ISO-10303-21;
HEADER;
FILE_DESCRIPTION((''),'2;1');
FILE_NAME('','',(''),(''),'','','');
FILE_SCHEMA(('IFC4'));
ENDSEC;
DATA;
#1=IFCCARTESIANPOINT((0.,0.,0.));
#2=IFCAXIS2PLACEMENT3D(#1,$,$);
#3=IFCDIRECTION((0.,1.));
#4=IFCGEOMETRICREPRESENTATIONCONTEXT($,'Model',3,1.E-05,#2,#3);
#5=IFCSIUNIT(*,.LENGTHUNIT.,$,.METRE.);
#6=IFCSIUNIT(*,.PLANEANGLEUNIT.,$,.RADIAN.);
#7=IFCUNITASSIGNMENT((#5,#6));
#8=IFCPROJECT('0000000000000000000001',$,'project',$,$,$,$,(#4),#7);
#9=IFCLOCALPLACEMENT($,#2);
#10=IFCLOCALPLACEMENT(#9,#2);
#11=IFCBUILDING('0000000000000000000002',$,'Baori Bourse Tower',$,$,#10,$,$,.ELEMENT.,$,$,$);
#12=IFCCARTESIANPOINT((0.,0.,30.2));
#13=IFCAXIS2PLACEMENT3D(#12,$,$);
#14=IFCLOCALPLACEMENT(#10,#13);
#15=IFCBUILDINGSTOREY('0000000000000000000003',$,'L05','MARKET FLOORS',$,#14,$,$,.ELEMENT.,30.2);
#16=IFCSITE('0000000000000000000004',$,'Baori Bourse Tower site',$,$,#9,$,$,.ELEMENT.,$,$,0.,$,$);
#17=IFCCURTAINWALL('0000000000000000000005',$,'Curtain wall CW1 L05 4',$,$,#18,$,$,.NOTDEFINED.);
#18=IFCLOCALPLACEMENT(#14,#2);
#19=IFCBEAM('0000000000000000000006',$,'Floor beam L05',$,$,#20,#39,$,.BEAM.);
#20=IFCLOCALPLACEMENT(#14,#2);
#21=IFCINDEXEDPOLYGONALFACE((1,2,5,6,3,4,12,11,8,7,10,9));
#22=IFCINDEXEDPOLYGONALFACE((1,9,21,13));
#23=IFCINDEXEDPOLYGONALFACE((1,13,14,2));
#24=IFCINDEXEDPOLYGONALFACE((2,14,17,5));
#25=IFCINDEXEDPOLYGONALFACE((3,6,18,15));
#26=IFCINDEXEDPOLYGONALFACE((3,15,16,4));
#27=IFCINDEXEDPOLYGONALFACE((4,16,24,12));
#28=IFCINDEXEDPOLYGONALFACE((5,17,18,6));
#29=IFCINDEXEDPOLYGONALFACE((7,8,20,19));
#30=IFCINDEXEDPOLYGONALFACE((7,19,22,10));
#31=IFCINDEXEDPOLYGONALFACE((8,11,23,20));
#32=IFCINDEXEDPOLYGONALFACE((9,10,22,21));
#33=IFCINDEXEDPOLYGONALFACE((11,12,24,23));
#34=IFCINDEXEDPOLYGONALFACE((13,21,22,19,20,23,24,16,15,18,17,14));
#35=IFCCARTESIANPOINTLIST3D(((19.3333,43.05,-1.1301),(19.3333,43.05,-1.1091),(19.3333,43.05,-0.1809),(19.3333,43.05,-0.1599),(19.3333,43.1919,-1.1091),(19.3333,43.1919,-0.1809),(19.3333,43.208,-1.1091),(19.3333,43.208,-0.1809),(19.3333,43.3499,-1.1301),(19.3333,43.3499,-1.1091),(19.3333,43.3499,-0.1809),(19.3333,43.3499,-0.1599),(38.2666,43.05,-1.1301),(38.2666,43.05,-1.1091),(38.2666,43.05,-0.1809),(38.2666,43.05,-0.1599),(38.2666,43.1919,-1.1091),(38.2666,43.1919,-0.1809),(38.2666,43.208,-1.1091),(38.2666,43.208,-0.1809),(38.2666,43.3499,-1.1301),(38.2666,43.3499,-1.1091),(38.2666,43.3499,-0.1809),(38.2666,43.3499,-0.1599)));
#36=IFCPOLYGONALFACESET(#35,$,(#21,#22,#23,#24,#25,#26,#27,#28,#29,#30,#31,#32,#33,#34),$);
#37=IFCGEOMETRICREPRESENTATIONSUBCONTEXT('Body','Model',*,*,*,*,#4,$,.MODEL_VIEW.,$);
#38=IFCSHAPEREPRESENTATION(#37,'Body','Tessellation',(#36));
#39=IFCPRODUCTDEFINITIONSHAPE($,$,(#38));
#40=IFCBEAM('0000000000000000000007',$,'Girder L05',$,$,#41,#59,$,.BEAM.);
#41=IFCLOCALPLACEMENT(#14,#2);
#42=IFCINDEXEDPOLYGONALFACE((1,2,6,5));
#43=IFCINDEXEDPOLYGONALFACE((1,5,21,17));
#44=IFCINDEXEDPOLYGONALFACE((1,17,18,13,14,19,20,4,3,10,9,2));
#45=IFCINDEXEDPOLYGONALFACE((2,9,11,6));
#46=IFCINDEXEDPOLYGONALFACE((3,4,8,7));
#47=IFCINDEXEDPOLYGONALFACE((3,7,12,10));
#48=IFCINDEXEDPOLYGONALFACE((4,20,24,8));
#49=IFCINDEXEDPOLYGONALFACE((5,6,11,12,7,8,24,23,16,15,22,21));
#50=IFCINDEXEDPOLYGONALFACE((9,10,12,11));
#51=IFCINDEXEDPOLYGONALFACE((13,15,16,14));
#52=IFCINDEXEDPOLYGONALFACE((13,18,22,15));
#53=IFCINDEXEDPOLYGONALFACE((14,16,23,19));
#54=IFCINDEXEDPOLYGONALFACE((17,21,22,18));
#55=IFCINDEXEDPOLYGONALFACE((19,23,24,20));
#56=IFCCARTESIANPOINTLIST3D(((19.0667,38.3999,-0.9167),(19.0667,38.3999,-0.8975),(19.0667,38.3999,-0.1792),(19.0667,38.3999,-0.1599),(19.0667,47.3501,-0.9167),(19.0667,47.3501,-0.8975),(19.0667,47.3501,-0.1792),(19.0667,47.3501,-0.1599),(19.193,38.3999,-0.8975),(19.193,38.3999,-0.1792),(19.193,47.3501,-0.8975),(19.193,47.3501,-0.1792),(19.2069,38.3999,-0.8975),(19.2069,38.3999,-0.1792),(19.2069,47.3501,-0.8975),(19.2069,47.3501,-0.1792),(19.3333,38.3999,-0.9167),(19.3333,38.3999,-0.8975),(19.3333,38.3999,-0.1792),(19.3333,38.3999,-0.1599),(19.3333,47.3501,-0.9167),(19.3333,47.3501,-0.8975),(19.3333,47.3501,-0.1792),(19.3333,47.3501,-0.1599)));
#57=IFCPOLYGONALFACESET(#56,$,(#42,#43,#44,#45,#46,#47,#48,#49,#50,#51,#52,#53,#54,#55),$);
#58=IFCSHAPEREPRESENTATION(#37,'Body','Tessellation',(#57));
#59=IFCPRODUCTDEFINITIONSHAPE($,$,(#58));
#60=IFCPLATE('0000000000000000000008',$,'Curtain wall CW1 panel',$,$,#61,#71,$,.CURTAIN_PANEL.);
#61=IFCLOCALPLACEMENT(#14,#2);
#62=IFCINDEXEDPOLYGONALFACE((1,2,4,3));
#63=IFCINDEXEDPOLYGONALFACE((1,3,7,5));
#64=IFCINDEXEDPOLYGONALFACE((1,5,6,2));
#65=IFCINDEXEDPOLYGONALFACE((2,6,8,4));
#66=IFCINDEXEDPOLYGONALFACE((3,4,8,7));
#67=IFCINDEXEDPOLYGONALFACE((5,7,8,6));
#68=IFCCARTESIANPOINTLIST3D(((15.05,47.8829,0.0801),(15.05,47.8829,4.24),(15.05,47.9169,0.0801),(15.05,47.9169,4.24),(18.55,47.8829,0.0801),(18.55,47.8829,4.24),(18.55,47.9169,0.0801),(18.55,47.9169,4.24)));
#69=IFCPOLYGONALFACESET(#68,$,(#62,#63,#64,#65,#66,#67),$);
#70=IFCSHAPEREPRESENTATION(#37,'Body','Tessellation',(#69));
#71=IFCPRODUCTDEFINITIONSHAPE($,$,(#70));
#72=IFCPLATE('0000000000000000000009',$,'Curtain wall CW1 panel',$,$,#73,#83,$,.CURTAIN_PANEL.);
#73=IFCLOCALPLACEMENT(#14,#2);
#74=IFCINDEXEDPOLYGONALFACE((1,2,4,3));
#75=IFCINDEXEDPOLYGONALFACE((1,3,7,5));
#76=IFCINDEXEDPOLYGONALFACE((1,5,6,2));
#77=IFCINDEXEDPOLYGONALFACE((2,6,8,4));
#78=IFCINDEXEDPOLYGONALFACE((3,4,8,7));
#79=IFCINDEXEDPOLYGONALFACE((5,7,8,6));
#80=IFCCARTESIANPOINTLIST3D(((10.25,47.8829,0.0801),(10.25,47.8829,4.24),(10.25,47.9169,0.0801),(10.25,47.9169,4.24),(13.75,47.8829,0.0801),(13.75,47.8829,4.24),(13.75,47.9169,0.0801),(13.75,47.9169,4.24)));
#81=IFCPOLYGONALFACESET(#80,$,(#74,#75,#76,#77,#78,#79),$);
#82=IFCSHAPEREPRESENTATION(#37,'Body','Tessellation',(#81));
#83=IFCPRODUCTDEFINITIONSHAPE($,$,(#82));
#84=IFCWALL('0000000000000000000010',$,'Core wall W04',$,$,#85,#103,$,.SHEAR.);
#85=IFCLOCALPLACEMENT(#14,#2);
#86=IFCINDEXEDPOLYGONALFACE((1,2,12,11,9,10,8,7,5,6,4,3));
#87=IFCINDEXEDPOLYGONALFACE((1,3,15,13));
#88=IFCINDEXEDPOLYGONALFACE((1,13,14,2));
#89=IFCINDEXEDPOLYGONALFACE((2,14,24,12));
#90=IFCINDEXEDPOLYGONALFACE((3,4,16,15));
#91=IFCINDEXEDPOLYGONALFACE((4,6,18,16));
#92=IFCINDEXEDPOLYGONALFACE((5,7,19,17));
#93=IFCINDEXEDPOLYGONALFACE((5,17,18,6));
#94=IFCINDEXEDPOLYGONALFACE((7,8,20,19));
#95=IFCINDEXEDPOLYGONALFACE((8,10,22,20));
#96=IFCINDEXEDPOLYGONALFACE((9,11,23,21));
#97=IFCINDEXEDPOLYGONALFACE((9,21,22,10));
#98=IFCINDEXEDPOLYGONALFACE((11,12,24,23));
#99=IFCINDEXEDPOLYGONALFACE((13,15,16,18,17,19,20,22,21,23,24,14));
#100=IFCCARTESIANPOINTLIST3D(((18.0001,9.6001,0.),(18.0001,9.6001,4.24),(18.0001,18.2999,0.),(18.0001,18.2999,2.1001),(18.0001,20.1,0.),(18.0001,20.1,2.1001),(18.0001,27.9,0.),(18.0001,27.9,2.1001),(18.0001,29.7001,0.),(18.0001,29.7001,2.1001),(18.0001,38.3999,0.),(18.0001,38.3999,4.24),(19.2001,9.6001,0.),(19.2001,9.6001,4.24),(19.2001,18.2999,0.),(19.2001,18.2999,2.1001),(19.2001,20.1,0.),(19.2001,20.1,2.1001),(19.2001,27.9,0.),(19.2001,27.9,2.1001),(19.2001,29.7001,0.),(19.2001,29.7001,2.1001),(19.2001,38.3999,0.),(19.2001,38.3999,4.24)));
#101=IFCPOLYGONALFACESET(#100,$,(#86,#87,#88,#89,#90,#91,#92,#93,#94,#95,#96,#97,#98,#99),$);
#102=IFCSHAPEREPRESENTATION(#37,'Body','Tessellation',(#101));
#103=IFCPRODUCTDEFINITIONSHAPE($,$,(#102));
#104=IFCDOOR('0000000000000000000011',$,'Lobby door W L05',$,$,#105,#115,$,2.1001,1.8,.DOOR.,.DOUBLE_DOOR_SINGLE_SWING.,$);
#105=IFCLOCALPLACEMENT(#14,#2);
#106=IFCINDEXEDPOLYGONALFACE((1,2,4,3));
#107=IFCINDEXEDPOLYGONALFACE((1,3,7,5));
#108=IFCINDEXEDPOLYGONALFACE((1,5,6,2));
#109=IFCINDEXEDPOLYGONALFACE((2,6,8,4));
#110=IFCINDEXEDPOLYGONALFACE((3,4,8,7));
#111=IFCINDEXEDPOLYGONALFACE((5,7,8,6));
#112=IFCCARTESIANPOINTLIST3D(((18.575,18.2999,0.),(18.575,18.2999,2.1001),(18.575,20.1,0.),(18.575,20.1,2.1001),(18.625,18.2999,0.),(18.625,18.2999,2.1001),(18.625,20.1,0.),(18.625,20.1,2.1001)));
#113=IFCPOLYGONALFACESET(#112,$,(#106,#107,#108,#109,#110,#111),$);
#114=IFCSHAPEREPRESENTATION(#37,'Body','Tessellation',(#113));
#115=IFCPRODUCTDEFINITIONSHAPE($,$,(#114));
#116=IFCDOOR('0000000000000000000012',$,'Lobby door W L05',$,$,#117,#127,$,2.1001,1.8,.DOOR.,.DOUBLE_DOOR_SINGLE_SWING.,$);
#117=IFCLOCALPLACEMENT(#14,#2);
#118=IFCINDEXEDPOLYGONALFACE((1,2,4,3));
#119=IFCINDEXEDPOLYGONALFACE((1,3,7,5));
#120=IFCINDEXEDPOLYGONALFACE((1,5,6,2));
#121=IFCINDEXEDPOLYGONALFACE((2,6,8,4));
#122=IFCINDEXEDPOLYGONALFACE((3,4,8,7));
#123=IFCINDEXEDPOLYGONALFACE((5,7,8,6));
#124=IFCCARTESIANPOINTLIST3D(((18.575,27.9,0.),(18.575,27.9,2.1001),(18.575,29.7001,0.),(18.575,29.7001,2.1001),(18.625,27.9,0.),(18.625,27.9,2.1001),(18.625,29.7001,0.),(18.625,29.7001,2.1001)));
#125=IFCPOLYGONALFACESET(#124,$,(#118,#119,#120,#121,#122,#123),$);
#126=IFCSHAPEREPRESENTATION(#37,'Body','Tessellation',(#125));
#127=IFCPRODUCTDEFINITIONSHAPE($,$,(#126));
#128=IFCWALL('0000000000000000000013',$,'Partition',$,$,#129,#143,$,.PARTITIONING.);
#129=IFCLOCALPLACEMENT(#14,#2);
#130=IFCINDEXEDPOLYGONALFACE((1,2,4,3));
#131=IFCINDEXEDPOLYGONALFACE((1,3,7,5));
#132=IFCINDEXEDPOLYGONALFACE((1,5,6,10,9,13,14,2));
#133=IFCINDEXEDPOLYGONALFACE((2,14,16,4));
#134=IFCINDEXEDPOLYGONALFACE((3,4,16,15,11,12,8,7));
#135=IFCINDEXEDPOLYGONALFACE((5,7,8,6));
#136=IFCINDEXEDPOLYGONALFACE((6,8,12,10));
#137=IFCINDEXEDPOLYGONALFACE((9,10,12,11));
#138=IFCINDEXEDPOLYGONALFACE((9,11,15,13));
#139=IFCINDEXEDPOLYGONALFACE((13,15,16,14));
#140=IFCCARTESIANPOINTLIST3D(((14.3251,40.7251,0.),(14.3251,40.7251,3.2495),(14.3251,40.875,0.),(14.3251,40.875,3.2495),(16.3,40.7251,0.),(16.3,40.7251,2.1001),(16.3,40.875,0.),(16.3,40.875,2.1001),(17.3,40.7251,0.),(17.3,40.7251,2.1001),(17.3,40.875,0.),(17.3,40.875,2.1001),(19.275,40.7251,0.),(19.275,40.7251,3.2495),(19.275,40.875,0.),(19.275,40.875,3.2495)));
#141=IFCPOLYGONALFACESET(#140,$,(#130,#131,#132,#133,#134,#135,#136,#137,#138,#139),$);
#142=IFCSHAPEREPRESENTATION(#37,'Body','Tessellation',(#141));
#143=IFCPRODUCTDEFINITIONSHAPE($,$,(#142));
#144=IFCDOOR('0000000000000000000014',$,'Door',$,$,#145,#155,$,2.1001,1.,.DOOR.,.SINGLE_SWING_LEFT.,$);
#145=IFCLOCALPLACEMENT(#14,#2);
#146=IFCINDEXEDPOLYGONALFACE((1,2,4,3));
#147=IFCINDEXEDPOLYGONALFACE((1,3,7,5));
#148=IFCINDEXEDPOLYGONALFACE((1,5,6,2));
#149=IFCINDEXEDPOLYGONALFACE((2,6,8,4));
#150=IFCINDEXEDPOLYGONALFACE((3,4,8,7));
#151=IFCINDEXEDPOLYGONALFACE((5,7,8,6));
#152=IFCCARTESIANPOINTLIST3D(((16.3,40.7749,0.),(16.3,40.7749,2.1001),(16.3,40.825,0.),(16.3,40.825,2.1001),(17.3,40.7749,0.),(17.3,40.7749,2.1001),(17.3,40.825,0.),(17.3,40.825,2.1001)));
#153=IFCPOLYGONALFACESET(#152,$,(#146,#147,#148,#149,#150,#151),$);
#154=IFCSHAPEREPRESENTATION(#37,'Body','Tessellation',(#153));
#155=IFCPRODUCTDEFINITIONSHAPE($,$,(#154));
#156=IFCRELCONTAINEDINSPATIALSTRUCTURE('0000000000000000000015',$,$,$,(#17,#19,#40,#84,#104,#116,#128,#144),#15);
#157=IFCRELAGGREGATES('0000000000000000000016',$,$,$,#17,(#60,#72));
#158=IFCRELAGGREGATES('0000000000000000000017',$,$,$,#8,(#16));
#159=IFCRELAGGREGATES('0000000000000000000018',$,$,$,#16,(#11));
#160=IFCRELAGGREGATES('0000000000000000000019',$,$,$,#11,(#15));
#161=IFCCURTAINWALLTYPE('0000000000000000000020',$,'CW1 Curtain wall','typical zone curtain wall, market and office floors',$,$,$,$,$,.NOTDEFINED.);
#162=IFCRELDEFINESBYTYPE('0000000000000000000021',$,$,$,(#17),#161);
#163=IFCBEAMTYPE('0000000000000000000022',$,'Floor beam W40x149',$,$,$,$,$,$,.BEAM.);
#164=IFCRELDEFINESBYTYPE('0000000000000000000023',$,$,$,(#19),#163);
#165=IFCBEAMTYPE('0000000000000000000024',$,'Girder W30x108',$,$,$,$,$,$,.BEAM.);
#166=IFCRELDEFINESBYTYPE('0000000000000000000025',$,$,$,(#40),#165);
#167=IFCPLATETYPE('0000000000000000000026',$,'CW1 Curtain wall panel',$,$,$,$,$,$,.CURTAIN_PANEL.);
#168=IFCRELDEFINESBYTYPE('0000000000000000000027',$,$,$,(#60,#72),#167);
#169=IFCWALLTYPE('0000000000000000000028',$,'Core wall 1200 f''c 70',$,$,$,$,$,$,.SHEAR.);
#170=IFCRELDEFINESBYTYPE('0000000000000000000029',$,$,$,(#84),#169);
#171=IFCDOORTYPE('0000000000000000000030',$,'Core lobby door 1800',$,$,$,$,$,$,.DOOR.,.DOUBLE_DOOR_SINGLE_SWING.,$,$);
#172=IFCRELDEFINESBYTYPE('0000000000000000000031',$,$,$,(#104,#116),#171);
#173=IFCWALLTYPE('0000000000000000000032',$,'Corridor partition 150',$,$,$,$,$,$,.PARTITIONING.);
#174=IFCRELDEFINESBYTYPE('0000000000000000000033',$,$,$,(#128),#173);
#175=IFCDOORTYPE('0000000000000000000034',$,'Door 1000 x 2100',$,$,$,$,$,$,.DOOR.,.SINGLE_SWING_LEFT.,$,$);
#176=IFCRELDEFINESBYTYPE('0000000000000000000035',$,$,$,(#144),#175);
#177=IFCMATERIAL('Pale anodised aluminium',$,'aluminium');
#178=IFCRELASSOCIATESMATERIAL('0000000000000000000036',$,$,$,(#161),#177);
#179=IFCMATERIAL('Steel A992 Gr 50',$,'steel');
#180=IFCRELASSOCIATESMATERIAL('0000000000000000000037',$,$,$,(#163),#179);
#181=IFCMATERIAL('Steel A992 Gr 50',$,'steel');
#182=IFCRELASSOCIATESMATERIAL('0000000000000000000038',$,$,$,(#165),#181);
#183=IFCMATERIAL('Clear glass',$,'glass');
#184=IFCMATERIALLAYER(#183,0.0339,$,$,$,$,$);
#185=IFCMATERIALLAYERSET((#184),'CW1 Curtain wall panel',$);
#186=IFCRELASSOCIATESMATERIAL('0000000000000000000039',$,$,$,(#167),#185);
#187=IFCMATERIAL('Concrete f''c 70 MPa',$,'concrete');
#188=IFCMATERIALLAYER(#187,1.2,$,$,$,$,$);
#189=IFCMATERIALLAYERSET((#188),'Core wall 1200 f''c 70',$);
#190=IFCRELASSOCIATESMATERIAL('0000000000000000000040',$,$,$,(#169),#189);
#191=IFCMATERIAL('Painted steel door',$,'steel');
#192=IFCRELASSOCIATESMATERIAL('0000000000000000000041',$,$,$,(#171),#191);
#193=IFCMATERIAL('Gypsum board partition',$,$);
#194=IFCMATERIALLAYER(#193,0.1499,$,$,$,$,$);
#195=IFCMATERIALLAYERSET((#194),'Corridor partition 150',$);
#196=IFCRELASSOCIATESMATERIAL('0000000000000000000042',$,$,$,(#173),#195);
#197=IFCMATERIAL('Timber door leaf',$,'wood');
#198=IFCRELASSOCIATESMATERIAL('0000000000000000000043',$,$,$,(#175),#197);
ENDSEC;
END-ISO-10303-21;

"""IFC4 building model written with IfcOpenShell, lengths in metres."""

from ifc_helpers import new_model, si_unit, direction, frame, frame_2d, origin, origin_2d, place, context, subcontext, project, spatial, rectangle, i_section, extrude, material, layer, layer_set, material_profile, profile_set, type_object, element, fill, aggregate, save


model = new_model("IFC4")

# Units and contexts
model_context = context("Model", 3, precision=1e-05, world=origin(), true_north=direction((0.0, 1.0)))
body_context = subcontext(model_context, "Body", "Model", "MODEL_VIEW")
ifc_project = project(units=[si_unit("LENGTHUNIT", "METRE"), si_unit("PLANEANGLEUNIT", "RADIAN")], contexts=[model_context])

# Site, building, storey
site_placement = place(None, origin())
site = spatial("IfcSite", under=ifc_project, at=site_placement, Name="Baori Bourse Tower site", CompositionType="ELEMENT", RefElevation=0.0)
building_placement = place(site_placement, origin())
building = spatial("IfcBuilding", under=site, at=building_placement, Name="Baori Bourse Tower", CompositionType="ELEMENT")
storey_placement = place(building_placement, frame((0.0, 0.0, 30.2)))
storey = spatial("IfcBuildingStorey", under=building, at=storey_placement, Name="L05", Description="MARKET FLOORS", CompositionType="ELEMENT", Elevation=30.2)

# Curtain wall
ifc_material_1 = material(Name="Pale anodised aluminium", Category="aluminium")
curtain_wall_type = type_object("IfcCurtainWallType", Name="CW1 Curtain wall", Description="typical zone curtain wall, market and office floors", PredefinedType="NOTDEFINED", material=ifc_material_1)
curtain_wall_placement = place(storey_placement, origin())
curtain_wall = element("IfcCurtainWall", 1, at=curtain_wall_placement, inside=storey, type_object=curtain_wall_type, Name="Curtain wall CW1 L05 4", PredefinedType="NOTDEFINED")

# Beams
ifc_material_2 = material(Name="Steel A992 Gr 50", Category="steel")
ifc_material_profile_1 = material_profile(ifc_material_2, i_section(OverallWidth=0.2998, OverallDepth=0.9702, WebThickness=0.0161, FlangeThickness=0.021, at=origin_2d()), Name="W40x149")
ifc_profile_set_1 = profile_set([ifc_material_profile_1], Name="Steel A992 Gr 50")
beam_type_1 = type_object("IfcBeamType", Name="Floor beam W40x149", PredefinedType="BEAM", material=ifc_profile_set_1)
beam_1_placement = place(storey_placement, frame((19.3333, 43.2, -0.645), z_axis=(1.0, 0.0, 0.0), x_axis=(0.0, 1.0, 0.0)))
element("IfcBeam", 2, at=beam_1_placement, inside=storey, type_object=beam_type_1, Name="Floor beam L05", PredefinedType="BEAM", context=body_context, shape_type="SweptSolid", body=[
    extrude(i_section(OverallWidth=0.2998, OverallDepth=0.9702, WebThickness=0.0161, FlangeThickness=0.021, at=origin_2d()), origin(), (0.0, 0.0, 1.0), 18.9333),
])
ifc_material_3 = material(Name="Steel A992 Gr 50", Category="steel")
ifc_material_profile_2 = material_profile(ifc_material_3, i_section(OverallWidth=0.2666, OverallDepth=0.7568, WebThickness=0.0139, FlangeThickness=0.0193, at=origin_2d()), Name="W30x108")
ifc_profile_set_2 = profile_set([ifc_material_profile_2], Name="Steel A992 Gr 50")
beam_type_2 = type_object("IfcBeamType", Name="Girder W30x108", PredefinedType="BEAM", material=ifc_profile_set_2)
beam_2_placement = place(storey_placement, frame((19.2, 38.3999, -0.5383), z_axis=(0.0, 1.0, 0.0), x_axis=(-1.0, 0.0, 0.0)))
element("IfcBeam", 3, at=beam_2_placement, inside=storey, type_object=beam_type_2, Name="Girder L05", PredefinedType="BEAM", context=body_context, shape_type="SweptSolid", body=[
    extrude(i_section(OverallWidth=0.2666, OverallDepth=0.7568, WebThickness=0.0139, FlangeThickness=0.0193, at=origin_2d()), origin(), (0.0, 0.0, 1.0), 8.9502),
])

# Plates
ifc_material_4 = material(Name="Clear glass", Category="glass")
ifc_layer_1 = layer(ifc_material_4, 0.0339)
ifc_layer_set_1 = layer_set([ifc_layer_1], Name="CW1 Curtain wall panel")
plate_type = type_object("IfcPlateType", Name="CW1 Curtain wall panel", PredefinedType="CURTAIN_PANEL", material=ifc_layer_set_1)
plate_1_placement = place(storey_placement, frame((16.8, 47.8999, 0.0801), z_axis=(0.0, 0.0, 1.0), x_axis=(-1.0, 0.0, 0.0)))
plate_1 = element("IfcPlate", 4, at=plate_1_placement, type_object=plate_type, Name="Curtain wall CW1 panel", PredefinedType="CURTAIN_PANEL", context=body_context, shape_type="SweptSolid", body=[
    extrude(rectangle(XDim=3.5, YDim=0.0339, at=origin_2d()), origin(), (0.0, 0.0, 1.0), 4.1599),
])
plate_2_placement = place(storey_placement, frame((12.0, 47.8999, 0.0801), z_axis=(0.0, 0.0, 1.0), x_axis=(-1.0, 0.0, 0.0)))
plate_2 = element("IfcPlate", 5, at=plate_2_placement, type_object=plate_type, Name="Curtain wall CW1 panel", PredefinedType="CURTAIN_PANEL", context=body_context, shape_type="SweptSolid", body=[
    extrude(rectangle(XDim=3.5, YDim=0.0339, at=origin_2d()), origin(), (0.0, 0.0, 1.0), 4.1599),
])
aggregate(curtain_wall, [plate_1, plate_2])

# Wall, openings, doors
ifc_material_5 = material(Name="Concrete f'c 70 MPa", Category="concrete")
ifc_layer_2 = layer(ifc_material_5, 1.2)
ifc_layer_set_2 = layer_set([ifc_layer_2], Name="Core wall 1200 f'c 70")
wall_type_1 = type_object("IfcWallType", Name="Core wall 1200 f'c 70", PredefinedType="SHEAR", material=ifc_layer_set_2)
wall_1_placement = place(storey_placement, frame((18.6001, 38.3999, 0.0), z_axis=(0.0, 0.0, 1.0), x_axis=(0.0, -1.0, 0.0)))
wall_1 = element("IfcWall", 6, at=wall_1_placement, inside=storey, type_object=wall_type_1, Name="Core wall W04", PredefinedType="SHEAR", context=body_context, shape_type="SweptSolid", body=[
    extrude(rectangle(XDim=28.7998, YDim=1.2, at=frame_2d((14.3999, 0.0))), origin(), (0.0, 0.0, 1.0), 4.24),
])
opening_1_placement = place(wall_1_placement, frame((18.3, 0.0, 0.0)))
opening_1 = element("IfcOpeningElement", 7, at=opening_1_placement, cuts=wall_1, PredefinedType="OPENING", context=body_context, shape_type="SweptSolid", body=[
    extrude(rectangle(XDim=1.8, YDim=2.1001, at=frame_2d((0.8999, 1.05))), frame((0.0, 0.6099, 0.0), z_axis=(0.0, -1.0, 0.0), x_axis=(1.0, 0.0, 0.0)), (0.0, 0.0, 1.0), 1.22),
])
opening_2_placement = place(wall_1_placement, frame((8.7, 0.0, 0.0)))
opening_2 = element("IfcOpeningElement", 8, at=opening_2_placement, cuts=wall_1, PredefinedType="OPENING", context=body_context, shape_type="SweptSolid", body=[
    extrude(rectangle(XDim=1.8, YDim=2.1001, at=frame_2d((0.8999, 1.05))), frame((0.0, 0.6099, 0.0), z_axis=(0.0, -1.0, 0.0), x_axis=(1.0, 0.0, 0.0)), (0.0, 0.0, 1.0), 1.22),
])
ifc_material_6 = material(Name="Painted steel door", Category="steel")
door_type_1 = type_object("IfcDoorType", Name="Core lobby door 1800", OperationType="DOUBLE_DOOR_SINGLE_SWING", PredefinedType="DOOR", material=ifc_material_6)
door_1_placement = place(opening_1_placement, origin())
door_1 = element("IfcDoor", 9, at=door_1_placement, inside=storey, type_object=door_type_1, Name="Lobby door W L05", OperationType="DOUBLE_DOOR_SINGLE_SWING", OverallHeight=2.1001, OverallWidth=1.8, PredefinedType="DOOR", context=body_context, shape_type="SweptSolid", body=[
    extrude(rectangle(XDim=1.8, YDim=2.1001, at=frame_2d((0.8999, 1.05))), frame((0.0, 0.0249, 0.0), z_axis=(0.0, -1.0, 0.0), x_axis=(1.0, 0.0, 0.0)), (0.0, 0.0, 1.0), 0.05),
])
fill(opening_1, door_1)
door_2_placement = place(opening_2_placement, origin())
door_2 = element("IfcDoor", 10, at=door_2_placement, inside=storey, type_object=door_type_1, Name="Lobby door W L05", OperationType="DOUBLE_DOOR_SINGLE_SWING", OverallHeight=2.1001, OverallWidth=1.8, PredefinedType="DOOR", context=body_context, shape_type="SweptSolid", body=[
    extrude(rectangle(XDim=1.8, YDim=2.1001, at=frame_2d((0.8999, 1.05))), frame((0.0, 0.0249, 0.0), z_axis=(0.0, -1.0, 0.0), x_axis=(1.0, 0.0, 0.0)), (0.0, 0.0, 1.0), 0.05),
])
fill(opening_2, door_2)

# Wall, opening, door
ifc_material_7 = material(Name="Gypsum board partition")
ifc_layer_3 = layer(ifc_material_7, 0.1499)
ifc_layer_set_3 = layer_set([ifc_layer_3], Name="Corridor partition 150")
wall_type_2 = type_object("IfcWallType", Name="Corridor partition 150", PredefinedType="PARTITIONING", material=ifc_layer_set_3)
wall_2_placement = place(storey_placement, frame((14.325, 40.8, 0.0), z_axis=(0.0, 0.0, 1.0), x_axis=(1.0, 0.0, 0.0)))
wall_2 = element("IfcWall", 11, at=wall_2_placement, inside=storey, type_object=wall_type_2, Name="Partition", PredefinedType="PARTITIONING", context=body_context, shape_type="SweptSolid", body=[
    extrude(rectangle(XDim=4.95, YDim=0.1499, at=frame_2d((2.4751, 0.0))), origin(), (0.0, 0.0, 1.0), 3.2495),
])
opening_3_placement = place(wall_2_placement, frame((1.9751, 0.0, 0.0)))
opening_3 = element("IfcOpeningElement", 12, at=opening_3_placement, cuts=wall_2, PredefinedType="OPENING", context=body_context, shape_type="SweptSolid", body=[
    extrude(rectangle(XDim=1.0, YDim=2.1001, at=frame_2d((0.5, 1.05))), frame((0.0, 0.085, 0.0), z_axis=(0.0, -1.0, 0.0), x_axis=(1.0, 0.0, 0.0)), (0.0, 0.0, 1.0), 0.1699),
])
ifc_material_8 = material(Name="Timber door leaf", Category="wood")
door_type_2 = type_object("IfcDoorType", Name="Door 1000 x 2100", OperationType="SINGLE_SWING_LEFT", PredefinedType="DOOR", material=ifc_material_8)
door_3_placement = place(opening_3_placement, origin())
door_3 = element("IfcDoor", 13, at=door_3_placement, inside=storey, type_object=door_type_2, Name="Door", OperationType="SINGLE_SWING_LEFT", OverallHeight=2.1001, OverallWidth=1.0, PredefinedType="DOOR", context=body_context, shape_type="SweptSolid", body=[
    extrude(rectangle(XDim=1.0, YDim=2.1001, at=frame_2d((0.5, 1.05))), frame((0.0, 0.0249, 0.0), z_axis=(0.0, -1.0, 0.0), x_axis=(1.0, 0.0, 0.0)), (0.0, 0.0, 1.0), 0.05),
])
fill(opening_3, door_3)

save(model, "model.ifc")
